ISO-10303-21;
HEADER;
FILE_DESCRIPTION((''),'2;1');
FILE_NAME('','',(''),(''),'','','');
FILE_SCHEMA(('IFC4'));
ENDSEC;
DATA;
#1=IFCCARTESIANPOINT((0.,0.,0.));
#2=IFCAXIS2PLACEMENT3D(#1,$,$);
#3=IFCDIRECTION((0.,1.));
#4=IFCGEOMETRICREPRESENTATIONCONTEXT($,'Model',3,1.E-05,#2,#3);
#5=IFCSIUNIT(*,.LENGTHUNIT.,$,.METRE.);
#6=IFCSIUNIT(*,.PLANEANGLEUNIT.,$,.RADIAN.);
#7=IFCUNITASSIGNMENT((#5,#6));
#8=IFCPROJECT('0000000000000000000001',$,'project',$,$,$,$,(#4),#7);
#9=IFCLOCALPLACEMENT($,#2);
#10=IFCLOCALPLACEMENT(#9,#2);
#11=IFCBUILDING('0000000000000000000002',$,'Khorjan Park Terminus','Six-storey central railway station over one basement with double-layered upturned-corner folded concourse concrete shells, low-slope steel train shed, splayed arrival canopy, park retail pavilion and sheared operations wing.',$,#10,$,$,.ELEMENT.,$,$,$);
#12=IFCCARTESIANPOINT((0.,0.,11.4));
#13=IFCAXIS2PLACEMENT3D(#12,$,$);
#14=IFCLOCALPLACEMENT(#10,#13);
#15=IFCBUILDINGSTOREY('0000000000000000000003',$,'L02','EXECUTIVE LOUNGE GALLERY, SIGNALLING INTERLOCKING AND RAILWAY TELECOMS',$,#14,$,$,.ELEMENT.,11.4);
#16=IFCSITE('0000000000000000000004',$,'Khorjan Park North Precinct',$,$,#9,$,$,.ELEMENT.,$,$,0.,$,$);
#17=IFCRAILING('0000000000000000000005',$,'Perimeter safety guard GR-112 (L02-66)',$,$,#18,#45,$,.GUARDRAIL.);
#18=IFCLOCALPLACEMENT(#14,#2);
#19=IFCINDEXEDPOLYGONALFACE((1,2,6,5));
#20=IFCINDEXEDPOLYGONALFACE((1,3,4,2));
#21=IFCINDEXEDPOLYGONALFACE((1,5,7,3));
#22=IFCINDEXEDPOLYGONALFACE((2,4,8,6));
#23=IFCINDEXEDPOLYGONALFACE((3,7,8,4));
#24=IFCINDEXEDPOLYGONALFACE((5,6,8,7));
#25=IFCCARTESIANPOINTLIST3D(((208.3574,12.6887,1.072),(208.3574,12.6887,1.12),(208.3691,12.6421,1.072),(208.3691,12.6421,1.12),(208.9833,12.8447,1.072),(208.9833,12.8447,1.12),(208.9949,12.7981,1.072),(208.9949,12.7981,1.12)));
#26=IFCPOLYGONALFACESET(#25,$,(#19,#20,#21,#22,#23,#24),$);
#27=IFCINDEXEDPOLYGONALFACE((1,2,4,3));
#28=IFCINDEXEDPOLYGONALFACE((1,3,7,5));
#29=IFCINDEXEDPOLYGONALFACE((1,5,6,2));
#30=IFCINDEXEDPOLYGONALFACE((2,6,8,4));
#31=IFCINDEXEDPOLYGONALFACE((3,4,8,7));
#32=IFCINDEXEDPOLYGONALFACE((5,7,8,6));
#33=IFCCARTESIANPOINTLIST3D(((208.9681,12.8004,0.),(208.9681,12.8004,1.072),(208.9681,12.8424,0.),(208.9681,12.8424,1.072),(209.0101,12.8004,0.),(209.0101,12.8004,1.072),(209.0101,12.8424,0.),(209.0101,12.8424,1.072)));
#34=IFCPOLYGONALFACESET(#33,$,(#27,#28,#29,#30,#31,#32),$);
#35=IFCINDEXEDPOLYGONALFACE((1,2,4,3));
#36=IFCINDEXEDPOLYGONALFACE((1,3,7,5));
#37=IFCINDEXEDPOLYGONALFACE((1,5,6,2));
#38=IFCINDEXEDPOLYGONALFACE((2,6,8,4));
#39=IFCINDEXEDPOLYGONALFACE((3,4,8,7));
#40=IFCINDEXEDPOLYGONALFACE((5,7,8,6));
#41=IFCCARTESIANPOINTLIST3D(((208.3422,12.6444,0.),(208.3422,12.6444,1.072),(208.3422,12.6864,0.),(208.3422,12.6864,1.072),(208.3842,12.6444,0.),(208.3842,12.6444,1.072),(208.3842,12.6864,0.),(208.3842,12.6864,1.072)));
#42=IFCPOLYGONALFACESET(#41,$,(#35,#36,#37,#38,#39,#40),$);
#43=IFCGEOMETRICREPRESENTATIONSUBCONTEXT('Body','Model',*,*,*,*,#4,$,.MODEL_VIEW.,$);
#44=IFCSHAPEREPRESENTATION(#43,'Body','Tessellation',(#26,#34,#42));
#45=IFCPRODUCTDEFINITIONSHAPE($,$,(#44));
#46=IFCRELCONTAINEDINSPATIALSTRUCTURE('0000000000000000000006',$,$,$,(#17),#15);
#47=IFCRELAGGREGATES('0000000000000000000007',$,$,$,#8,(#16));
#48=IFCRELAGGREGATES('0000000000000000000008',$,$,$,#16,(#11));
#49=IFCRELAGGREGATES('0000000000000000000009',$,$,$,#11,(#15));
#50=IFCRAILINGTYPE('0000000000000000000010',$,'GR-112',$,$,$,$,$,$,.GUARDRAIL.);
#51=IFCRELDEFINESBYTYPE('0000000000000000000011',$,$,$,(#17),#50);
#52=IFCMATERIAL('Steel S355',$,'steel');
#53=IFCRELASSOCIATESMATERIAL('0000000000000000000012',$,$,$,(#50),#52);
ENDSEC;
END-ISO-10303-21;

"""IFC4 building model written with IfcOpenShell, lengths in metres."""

from ifc_helpers import new_model, si_unit, direction, frame, origin, origin_2d, place, context, subcontext, project, spatial, rectangle, extrude, material, type_object, element, save


model = new_model("IFC4")

# Units and contexts
model_context = context("Model", 3, precision=1e-05, world=origin(), true_north=direction((0.0, 1.0)))
body_context = subcontext(model_context, "Body", "Model", "MODEL_VIEW")
ifc_project = project(units=[si_unit("LENGTHUNIT", "METRE"), si_unit("PLANEANGLEUNIT", "RADIAN")], contexts=[model_context])

# Site, building, storey
site_placement = place(None, origin())
site = spatial("IfcSite", under=ifc_project, at=site_placement, Name="Khorjan Park North Precinct", CompositionType="ELEMENT", RefElevation=0.0)
building_placement = place(site_placement, origin())
building = spatial("IfcBuilding", under=site, at=building_placement, Name="Khorjan Park Terminus", Description="Six-storey central railway station over one basement with double-layered upturned-corner folded concourse concrete shells, low-slope steel train shed, splayed arrival canopy, park retail pavilion and sheared operations wing.", CompositionType="ELEMENT")
storey_placement = place(building_placement, frame((0.0, 0.0, 11.4)))
storey = spatial("IfcBuildingStorey", under=building, at=storey_placement, Name="L02", Description="EXECUTIVE LOUNGE GALLERY, SIGNALLING INTERLOCKING AND RAILWAY TELECOMS", CompositionType="ELEMENT", Elevation=11.4)

# Shared definitions
ifc_material_1 = material(Name="Steel S355", Category="steel")

# Railing
railing_type = type_object("IfcRailingType", Name="GR-112", PredefinedType="GUARDRAIL", material=ifc_material_1)
railing_1_placement = place(storey_placement, frame((208.9891, 12.8214, 0.0)))
element("IfcRailing", 1, at=railing_1_placement, inside=storey, type_object=railing_type, Name="Perimeter safety guard GR-112 (L02-66)", PredefinedType="GUARDRAIL", context=body_context, shape_type="SweptSolid", body=[
    extrude(rectangle(XDim=0.048, YDim=0.048, at=origin_2d()), frame((0.0, 0.0, 1.096), z_axis=(-0.970316, -0.241843, 0.0), x_axis=(0.241843, -0.970316, 0.0)), (0.0, 0.0, 1.0), 0.645),
    extrude(rectangle(XDim=0.042, YDim=0.042, at=origin_2d()), origin(), (0.0, 0.0, 1.0), 1.072),
    extrude(rectangle(XDim=0.042, YDim=0.042, at=origin_2d()), frame((-0.6259, -0.156, 0.0)), (0.0, 0.0, 1.0), 1.072),
])

save(model, "model.ifc")
